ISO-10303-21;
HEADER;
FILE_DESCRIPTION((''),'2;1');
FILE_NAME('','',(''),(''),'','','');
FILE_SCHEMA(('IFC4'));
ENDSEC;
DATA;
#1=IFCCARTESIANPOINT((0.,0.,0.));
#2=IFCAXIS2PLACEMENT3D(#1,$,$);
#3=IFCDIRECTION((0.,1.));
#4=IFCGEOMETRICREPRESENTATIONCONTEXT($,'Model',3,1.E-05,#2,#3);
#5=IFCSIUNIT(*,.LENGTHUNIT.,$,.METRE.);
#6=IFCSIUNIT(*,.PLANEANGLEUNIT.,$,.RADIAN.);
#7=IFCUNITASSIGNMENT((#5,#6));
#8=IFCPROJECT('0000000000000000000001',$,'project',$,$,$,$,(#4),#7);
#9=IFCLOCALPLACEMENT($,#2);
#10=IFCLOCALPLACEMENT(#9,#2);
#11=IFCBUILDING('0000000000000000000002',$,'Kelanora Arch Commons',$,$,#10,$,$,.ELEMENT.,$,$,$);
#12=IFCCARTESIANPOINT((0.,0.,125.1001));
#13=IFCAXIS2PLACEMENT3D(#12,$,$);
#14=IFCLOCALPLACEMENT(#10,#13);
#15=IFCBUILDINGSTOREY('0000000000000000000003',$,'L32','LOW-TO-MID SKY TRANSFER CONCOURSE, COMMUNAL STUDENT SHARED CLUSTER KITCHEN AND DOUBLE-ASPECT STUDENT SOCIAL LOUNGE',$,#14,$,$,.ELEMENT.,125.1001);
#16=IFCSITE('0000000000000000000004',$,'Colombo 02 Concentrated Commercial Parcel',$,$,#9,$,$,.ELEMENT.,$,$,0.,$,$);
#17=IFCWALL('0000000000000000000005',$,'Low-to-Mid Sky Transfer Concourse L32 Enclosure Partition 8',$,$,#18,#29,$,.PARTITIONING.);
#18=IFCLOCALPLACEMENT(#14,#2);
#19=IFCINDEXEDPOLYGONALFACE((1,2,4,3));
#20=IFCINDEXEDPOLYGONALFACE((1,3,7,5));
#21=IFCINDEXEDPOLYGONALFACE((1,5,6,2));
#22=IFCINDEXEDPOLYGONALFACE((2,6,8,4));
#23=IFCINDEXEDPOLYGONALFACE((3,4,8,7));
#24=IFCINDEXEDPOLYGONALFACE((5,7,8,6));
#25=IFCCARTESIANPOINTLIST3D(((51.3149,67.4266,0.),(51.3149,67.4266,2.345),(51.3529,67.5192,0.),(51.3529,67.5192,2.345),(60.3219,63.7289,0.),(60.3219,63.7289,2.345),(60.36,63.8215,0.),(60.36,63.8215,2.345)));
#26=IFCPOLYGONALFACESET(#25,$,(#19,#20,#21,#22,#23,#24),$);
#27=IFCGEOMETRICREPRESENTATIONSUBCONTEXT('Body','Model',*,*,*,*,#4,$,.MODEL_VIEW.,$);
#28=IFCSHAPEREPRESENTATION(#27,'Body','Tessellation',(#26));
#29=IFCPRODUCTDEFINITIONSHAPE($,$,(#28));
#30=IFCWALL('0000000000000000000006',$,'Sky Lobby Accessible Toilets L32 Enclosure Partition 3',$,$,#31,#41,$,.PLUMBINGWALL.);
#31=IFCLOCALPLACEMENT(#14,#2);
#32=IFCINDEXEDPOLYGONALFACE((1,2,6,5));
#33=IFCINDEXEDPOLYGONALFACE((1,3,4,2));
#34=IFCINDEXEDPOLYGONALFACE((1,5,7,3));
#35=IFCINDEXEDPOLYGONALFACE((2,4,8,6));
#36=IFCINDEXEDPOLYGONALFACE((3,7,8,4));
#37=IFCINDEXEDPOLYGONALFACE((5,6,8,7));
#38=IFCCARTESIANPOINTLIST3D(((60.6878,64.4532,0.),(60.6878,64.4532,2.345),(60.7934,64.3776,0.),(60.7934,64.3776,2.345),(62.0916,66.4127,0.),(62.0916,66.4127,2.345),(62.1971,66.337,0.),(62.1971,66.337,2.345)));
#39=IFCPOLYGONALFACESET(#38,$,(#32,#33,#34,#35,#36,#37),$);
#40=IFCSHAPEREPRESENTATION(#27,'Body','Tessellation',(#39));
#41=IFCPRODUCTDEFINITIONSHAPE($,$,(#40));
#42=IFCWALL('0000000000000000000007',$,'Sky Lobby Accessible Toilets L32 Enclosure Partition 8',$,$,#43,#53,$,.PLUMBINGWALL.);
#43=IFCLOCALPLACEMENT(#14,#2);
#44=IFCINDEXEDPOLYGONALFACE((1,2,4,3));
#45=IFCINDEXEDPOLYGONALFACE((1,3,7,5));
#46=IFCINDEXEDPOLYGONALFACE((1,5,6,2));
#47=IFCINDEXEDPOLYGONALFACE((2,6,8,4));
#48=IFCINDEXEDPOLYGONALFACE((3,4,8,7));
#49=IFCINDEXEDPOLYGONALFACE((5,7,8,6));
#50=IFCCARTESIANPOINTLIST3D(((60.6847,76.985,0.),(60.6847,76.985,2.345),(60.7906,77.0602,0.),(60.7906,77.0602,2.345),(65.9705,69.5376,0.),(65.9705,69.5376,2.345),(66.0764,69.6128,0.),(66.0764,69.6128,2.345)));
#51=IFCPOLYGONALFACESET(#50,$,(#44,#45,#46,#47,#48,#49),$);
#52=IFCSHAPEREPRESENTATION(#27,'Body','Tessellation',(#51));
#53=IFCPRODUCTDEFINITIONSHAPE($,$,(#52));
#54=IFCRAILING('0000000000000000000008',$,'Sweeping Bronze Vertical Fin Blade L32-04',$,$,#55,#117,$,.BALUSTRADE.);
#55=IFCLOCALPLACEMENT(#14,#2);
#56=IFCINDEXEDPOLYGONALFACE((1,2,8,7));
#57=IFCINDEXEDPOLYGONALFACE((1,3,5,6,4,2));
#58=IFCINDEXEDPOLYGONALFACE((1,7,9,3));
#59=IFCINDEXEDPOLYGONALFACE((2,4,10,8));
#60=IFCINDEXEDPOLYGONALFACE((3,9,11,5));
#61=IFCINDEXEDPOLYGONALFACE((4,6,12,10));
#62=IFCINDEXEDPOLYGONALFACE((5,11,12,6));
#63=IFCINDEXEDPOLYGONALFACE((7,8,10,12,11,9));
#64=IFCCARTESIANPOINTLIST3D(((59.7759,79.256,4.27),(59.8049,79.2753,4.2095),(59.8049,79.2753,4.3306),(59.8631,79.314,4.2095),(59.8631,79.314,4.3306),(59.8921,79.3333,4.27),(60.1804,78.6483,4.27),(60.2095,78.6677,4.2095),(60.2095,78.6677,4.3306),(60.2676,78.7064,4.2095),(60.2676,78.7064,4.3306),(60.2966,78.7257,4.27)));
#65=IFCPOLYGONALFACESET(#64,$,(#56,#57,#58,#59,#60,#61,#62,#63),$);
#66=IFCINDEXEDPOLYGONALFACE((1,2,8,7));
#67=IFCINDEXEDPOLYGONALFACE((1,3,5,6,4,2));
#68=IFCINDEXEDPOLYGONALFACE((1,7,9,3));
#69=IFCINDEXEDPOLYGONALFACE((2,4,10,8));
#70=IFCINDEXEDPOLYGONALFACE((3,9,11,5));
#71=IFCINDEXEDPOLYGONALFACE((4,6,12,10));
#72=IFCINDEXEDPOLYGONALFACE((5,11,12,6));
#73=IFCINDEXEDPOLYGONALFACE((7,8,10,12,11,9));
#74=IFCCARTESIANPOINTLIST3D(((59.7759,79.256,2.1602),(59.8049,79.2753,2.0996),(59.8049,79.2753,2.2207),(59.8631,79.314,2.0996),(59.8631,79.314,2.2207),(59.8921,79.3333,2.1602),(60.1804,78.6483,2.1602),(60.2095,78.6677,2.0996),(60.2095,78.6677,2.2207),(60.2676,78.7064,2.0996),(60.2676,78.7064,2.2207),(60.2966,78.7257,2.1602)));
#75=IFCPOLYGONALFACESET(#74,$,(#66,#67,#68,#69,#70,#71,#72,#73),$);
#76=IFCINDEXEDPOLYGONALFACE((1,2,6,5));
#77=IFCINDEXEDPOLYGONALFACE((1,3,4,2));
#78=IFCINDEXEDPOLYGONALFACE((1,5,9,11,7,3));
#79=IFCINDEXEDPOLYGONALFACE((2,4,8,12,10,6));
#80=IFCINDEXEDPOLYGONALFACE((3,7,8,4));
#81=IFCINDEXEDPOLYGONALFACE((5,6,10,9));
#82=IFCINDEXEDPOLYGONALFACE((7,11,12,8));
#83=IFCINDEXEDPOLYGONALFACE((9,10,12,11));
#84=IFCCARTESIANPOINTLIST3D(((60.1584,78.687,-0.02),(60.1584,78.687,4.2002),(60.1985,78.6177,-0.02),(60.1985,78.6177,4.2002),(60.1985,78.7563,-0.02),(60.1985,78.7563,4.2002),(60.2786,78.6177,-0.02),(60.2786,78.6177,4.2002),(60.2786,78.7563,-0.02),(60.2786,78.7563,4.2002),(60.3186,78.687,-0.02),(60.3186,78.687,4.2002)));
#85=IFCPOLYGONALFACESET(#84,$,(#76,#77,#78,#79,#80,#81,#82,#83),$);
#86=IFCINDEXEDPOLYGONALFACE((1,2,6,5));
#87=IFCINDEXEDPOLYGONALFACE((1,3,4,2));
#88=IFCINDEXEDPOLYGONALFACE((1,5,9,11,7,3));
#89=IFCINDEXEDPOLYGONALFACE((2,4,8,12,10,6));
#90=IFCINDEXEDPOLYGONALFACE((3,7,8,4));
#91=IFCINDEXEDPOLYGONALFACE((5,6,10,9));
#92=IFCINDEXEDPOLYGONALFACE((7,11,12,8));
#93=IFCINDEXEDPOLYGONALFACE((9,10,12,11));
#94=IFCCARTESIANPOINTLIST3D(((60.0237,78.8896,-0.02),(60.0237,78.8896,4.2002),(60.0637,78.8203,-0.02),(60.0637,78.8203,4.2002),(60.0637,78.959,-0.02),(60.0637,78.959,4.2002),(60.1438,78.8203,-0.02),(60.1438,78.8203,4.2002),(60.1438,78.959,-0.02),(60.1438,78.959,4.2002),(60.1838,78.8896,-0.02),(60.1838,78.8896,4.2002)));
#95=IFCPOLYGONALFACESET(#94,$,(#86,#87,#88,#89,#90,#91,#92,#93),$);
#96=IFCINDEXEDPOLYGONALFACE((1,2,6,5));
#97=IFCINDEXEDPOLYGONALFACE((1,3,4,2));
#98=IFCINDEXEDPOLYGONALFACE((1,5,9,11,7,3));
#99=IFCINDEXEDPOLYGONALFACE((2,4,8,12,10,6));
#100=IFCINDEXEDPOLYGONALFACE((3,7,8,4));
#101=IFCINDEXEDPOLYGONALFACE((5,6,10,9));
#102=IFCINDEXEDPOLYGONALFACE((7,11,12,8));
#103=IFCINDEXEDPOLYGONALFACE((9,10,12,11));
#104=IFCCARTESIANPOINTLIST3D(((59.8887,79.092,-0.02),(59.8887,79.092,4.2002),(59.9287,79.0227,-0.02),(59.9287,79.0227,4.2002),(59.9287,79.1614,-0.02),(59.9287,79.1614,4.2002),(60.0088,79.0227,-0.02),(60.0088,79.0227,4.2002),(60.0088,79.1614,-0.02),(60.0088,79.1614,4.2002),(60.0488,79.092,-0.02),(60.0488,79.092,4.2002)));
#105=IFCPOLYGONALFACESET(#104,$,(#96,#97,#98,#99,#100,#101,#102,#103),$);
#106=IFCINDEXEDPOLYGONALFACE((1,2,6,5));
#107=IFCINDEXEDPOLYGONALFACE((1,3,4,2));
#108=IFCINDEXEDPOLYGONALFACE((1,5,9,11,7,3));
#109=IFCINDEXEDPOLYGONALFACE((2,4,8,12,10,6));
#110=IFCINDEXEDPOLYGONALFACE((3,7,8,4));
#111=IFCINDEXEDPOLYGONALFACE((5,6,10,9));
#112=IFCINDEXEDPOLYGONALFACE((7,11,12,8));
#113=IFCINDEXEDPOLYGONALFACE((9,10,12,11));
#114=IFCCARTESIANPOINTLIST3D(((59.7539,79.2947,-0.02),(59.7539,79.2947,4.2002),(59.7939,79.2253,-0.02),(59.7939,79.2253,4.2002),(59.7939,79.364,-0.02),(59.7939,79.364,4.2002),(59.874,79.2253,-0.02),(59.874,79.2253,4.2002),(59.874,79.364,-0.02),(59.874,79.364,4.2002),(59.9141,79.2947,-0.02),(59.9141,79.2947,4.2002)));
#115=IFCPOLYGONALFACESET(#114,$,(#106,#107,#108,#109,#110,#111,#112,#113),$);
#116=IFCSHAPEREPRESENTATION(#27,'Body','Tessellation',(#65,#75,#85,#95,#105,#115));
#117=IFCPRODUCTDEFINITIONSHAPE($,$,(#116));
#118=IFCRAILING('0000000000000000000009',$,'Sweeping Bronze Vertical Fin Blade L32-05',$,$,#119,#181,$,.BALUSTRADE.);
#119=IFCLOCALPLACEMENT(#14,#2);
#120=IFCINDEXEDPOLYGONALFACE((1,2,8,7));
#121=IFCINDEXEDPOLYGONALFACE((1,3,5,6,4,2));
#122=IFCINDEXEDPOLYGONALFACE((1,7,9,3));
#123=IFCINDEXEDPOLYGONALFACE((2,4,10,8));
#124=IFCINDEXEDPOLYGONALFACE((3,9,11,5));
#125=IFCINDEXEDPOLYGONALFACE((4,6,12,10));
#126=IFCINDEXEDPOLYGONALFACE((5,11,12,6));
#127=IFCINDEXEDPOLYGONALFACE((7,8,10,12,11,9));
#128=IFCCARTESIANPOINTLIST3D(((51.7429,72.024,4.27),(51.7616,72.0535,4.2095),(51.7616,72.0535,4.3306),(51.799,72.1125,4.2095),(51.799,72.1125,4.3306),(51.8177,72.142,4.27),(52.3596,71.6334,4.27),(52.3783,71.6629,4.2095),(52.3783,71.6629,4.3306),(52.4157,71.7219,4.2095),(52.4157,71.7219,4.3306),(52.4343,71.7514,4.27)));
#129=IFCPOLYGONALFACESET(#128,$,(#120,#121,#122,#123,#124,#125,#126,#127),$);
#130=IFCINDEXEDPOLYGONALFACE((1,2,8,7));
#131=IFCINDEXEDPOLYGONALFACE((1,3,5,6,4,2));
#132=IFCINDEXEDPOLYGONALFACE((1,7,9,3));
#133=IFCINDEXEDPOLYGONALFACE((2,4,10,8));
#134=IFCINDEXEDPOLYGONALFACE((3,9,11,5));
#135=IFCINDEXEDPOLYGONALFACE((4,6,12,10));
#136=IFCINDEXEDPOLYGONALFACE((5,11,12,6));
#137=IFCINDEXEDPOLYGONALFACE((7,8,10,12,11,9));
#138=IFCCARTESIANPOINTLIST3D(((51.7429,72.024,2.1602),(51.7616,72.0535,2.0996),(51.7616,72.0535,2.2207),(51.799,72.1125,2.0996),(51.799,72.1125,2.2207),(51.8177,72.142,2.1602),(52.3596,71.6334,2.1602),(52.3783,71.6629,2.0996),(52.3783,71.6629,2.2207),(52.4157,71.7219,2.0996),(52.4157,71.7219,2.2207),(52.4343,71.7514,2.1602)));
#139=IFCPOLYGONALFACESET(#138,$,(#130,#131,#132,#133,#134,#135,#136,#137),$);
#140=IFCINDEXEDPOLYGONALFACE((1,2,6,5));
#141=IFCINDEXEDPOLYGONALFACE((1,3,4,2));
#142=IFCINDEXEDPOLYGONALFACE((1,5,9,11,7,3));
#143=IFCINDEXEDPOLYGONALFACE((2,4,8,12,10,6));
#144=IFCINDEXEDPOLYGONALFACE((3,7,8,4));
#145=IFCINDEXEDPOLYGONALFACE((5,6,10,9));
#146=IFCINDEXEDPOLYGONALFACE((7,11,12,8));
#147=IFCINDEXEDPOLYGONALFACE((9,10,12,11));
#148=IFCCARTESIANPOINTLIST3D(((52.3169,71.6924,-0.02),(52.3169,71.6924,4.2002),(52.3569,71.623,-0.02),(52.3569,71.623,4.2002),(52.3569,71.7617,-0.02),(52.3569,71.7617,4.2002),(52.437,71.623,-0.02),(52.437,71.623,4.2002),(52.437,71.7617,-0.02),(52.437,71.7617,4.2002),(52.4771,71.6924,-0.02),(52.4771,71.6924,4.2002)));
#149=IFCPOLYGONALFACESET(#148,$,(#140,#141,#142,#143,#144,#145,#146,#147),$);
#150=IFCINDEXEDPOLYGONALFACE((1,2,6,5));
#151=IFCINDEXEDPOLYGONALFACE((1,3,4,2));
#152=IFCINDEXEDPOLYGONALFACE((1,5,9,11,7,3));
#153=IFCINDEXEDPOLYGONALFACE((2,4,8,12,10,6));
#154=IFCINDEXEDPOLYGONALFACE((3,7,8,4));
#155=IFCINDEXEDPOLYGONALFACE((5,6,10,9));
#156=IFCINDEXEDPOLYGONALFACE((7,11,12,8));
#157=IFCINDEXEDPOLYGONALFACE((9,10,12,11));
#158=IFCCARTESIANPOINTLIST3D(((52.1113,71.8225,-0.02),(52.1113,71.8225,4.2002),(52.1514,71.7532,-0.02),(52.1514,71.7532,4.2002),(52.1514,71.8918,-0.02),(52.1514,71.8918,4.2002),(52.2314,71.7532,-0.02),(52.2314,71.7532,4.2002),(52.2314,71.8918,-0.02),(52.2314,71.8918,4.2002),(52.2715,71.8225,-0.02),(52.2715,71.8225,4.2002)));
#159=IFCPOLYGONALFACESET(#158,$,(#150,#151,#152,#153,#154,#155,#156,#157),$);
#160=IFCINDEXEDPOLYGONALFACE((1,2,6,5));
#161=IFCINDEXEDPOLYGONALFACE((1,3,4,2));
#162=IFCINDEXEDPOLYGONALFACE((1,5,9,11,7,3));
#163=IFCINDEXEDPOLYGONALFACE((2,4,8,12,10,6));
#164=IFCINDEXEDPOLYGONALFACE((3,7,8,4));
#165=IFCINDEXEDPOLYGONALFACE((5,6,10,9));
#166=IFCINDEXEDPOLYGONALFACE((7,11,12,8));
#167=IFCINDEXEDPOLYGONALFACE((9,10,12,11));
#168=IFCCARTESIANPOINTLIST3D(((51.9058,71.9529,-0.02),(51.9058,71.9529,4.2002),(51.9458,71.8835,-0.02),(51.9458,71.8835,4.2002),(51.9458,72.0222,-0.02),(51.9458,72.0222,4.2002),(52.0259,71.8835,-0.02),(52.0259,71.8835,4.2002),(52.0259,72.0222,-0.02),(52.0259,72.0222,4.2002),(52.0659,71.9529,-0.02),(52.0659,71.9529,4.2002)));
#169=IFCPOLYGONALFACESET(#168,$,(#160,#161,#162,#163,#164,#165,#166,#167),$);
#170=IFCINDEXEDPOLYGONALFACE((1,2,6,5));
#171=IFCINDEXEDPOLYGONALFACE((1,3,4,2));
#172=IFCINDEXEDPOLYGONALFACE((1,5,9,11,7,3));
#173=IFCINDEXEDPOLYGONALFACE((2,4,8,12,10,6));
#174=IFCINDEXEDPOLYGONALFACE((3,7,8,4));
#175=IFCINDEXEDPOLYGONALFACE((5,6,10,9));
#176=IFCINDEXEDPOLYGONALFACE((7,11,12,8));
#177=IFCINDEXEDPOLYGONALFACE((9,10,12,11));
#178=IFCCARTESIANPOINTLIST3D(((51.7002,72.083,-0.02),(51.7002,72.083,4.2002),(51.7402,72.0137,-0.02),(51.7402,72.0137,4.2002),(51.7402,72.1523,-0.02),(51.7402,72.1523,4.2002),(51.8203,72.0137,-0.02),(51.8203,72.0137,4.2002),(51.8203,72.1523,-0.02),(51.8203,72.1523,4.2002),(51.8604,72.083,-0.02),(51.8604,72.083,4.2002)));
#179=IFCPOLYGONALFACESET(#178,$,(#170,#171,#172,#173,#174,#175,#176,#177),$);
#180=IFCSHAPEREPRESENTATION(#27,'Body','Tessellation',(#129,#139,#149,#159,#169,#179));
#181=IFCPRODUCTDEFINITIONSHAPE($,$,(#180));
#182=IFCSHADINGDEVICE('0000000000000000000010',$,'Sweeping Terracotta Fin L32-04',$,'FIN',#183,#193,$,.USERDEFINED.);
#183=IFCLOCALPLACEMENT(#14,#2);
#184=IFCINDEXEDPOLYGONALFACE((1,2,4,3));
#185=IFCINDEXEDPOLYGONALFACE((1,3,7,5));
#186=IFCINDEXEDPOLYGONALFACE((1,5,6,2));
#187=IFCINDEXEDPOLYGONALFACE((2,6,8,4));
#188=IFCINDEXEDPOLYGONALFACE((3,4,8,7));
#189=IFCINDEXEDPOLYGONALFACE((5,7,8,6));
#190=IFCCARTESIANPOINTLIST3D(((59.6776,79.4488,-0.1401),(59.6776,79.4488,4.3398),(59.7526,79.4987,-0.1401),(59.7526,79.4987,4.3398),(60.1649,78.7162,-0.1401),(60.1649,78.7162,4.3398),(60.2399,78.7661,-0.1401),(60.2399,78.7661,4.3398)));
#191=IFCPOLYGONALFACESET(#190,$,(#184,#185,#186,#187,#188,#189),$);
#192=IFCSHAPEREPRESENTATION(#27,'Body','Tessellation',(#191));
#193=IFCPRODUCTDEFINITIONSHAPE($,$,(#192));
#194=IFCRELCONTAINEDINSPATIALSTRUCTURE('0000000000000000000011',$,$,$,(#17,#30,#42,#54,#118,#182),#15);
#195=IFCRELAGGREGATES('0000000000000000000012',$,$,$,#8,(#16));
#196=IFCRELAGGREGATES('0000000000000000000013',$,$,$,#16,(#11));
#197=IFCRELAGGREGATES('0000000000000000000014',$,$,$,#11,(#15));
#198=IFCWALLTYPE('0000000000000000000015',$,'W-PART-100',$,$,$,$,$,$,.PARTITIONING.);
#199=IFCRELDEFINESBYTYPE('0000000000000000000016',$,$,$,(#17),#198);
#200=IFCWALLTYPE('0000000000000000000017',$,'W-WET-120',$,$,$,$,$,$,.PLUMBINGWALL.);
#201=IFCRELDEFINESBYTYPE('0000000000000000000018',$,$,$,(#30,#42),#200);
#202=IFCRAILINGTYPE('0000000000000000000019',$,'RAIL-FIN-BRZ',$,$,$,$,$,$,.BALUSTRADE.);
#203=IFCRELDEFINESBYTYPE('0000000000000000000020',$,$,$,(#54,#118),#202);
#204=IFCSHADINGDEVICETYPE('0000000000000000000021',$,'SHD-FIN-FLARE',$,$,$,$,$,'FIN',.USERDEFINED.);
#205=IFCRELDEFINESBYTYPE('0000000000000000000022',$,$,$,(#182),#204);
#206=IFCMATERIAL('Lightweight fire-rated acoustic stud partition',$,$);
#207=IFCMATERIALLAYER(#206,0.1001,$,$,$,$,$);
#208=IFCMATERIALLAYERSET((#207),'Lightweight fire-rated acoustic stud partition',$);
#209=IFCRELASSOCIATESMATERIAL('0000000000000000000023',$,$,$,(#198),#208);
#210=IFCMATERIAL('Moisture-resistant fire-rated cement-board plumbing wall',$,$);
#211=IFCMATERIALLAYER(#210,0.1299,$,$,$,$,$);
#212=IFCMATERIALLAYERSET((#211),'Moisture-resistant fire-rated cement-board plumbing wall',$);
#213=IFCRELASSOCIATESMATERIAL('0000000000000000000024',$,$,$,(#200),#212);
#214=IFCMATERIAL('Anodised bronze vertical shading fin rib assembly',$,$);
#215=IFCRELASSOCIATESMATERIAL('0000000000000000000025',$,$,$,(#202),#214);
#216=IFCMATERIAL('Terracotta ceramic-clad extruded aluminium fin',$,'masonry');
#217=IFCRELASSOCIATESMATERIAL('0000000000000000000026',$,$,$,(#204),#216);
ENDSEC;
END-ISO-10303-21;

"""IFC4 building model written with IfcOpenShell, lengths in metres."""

from ifc_helpers import new_model, si_unit, direction, frame, frame_2d, origin, origin_2d, place, context, subcontext, project, spatial, polyline, rectangle, outline, extrude, source, transform, mapped, material, layer, layer_set, type_object, element, save


model = new_model("IFC4")

# Units and contexts
model_context = context("Model", 3, precision=1e-05, world=origin(), true_north=direction((0.0, 1.0)))
body_context = subcontext(model_context, "Body", "Model", "MODEL_VIEW")
ifc_project = project(units=[si_unit("LENGTHUNIT", "METRE"), si_unit("PLANEANGLEUNIT", "RADIAN")], contexts=[model_context])

# Site, building, storey
site_placement = place(None, origin())
site = spatial("IfcSite", under=ifc_project, at=site_placement, Name="Colombo 02 Concentrated Commercial Parcel", CompositionType="ELEMENT", RefElevation=0.0)
building_placement = place(site_placement, origin())
building = spatial("IfcBuilding", under=site, at=building_placement, Name="Kelanora Arch Commons", CompositionType="ELEMENT")
storey_placement = place(building_placement, frame((0.0, 0.0, 125.1001)))
storey = spatial("IfcBuildingStorey", under=building, at=storey_placement, Name="L32", Description="LOW-TO-MID SKY TRANSFER CONCOURSE, COMMUNAL STUDENT SHARED CLUSTER KITCHEN AND DOUBLE-ASPECT STUDENT SOCIAL LOUNGE", CompositionType="ELEMENT", Elevation=125.1001)

# Walls
ifc_material_1 = material(Name="Lightweight fire-rated acoustic stud partition")
ifc_layer_1 = layer(ifc_material_1, 0.1001)
ifc_layer_set_1 = layer_set([ifc_layer_1], Name="Lightweight fire-rated acoustic stud partition")
wall_type_1 = type_object("IfcWallType", Name="W-PART-100", PredefinedType="PARTITIONING", material=ifc_layer_set_1)
wall_1_placement = place(storey_placement, frame((51.334, 67.4729, 0.0), z_axis=(0.0, 0.0, 1.0), x_axis=(0.925077, -0.37978, 0.0)))
element("IfcWall", 1, at=wall_1_placement, inside=storey, type_object=wall_type_1, Name="Low-to-Mid Sky Transfer Concourse L32 Enclosure Partition 8", PredefinedType="PARTITIONING", context=body_context, shape_type="SweptSolid", body=[
    extrude(rectangle(XDim=9.7366, YDim=0.1001, at=frame_2d((4.8682, 0.0))), origin(), (0.0, 0.0, 1.0), 2.345),
])
ifc_material_2 = material(Name="Moisture-resistant fire-rated cement-board plumbing wall")
ifc_layer_2 = layer(ifc_material_2, 0.1299)
ifc_layer_set_2 = layer_set([ifc_layer_2], Name="Moisture-resistant fire-rated cement-board plumbing wall")
wall_type_2 = type_object("IfcWallType", Name="W-WET-120", PredefinedType="PLUMBINGWALL", material=ifc_layer_set_2)
wall_2_placement = place(storey_placement, frame((62.1443, 66.3748, 0.0), z_axis=(0.0, 0.0, 1.0), x_axis=(-0.582387, -0.812911, 0.0)))
element("IfcWall", 2, at=wall_2_placement, inside=storey, type_object=wall_type_2, Name="Sky Lobby Accessible Toilets L32 Enclosure Partition 3", PredefinedType="PLUMBINGWALL", context=body_context, shape_type="SweptSolid", body=[
    extrude(rectangle(XDim=2.4104, YDim=0.1299, at=frame_2d((1.2051, 0.0))), origin(), (0.0, 0.0, 1.0), 2.345),
])
wall_3_placement = place(storey_placement, frame((60.7375, 77.0227, 0.0), z_axis=(0.0, 0.0, 1.0), x_axis=(0.578788, -0.815478, 0.0)))
element("IfcWall", 3, at=wall_3_placement, inside=storey, type_object=wall_type_2, Name="Sky Lobby Accessible Toilets L32 Enclosure Partition 8", PredefinedType="PLUMBINGWALL", context=body_context, shape_type="SweptSolid", body=[
    extrude(rectangle(XDim=9.1326, YDim=0.1299, at=frame_2d((4.5664, 0.0))), origin(), (0.0, 0.0, 1.0), 2.345),
])

# Railings
ifc_material_3 = material(Name="Anodised bronze vertical shading fin rib assembly")
railing_type = type_object("IfcRailingType", Name="RAIL-FIN-BRZ", PredefinedType="BALUSTRADE", material=ifc_material_3)
railing_1_placement = place(storey_placement, frame((60.2385, 78.687, -0.02)))
element("IfcRailing", 4, at=railing_1_placement, inside=storey, type_object=railing_type, Name="Sweeping Bronze Vertical Fin Blade L32-04", PredefinedType="BALUSTRADE", context=body_context, shape_type="SweptSolid", body=[
    extrude(outline(polyline([(0.0698, 0.0), (0.0349, 0.0605), (-0.0349, 0.0605), (-0.0698, 0.0), (-0.0349, -0.0605), (0.0349, -0.0605), (0.0698, 0.0)])), frame((0.0, 0.0, 4.29), z_axis=(-0.55416, 0.83241, 0.0), x_axis=(-0.83241, -0.55416, 0.0)), (0.0, 0.0, 1.0), 0.73),
    extrude(outline(polyline([(0.0698, 0.0), (0.0349, 0.0605), (-0.0349, 0.0605), (-0.0698, 0.0), (-0.0349, -0.0605), (0.0349, -0.0605), (0.0698, 0.0)])), frame((0.0, 0.0, 2.1802), z_axis=(-0.55416, 0.83241, 0.0), x_axis=(-0.83241, -0.55416, 0.0)), (0.0, 0.0, 1.0), 0.73),
    extrude(outline(polyline([(0.0801, 0.0), (0.04, 0.0693), (-0.04, 0.0693), (-0.0801, 0.0), (-0.04, -0.0693), (0.04, -0.0693), (0.0801, 0.0)])), origin(), (0.0, 0.0, 1.0), 4.2202),
    extrude(outline(polyline([(0.0801, 0.0), (0.04, 0.0693), (-0.04, 0.0693), (-0.0801, 0.0), (-0.04, -0.0693), (0.04, -0.0693), (0.0801, 0.0)])), frame((-0.1348, 0.2026, 0.0)), (0.0, 0.0, 1.0), 4.2202),
    extrude(outline(polyline([(0.0801, 0.0), (0.04, 0.0693), (-0.04, 0.0693), (-0.0801, 0.0), (-0.04, -0.0693), (0.04, -0.0693), (0.0801, 0.0)])), frame((-0.2698, 0.405, 0.0)), (0.0, 0.0, 1.0), 4.2202),
    extrude(outline(polyline([(0.0801, 0.0), (0.04, 0.0693), (-0.04, 0.0693), (-0.0801, 0.0), (-0.04, -0.0693), (0.04, -0.0693), (0.0801, 0.0)])), frame((-0.4045, 0.6077, 0.0)), (0.0, 0.0, 1.0), 4.2202),
])
railing_2_placement = place(storey_placement, frame((52.397, 71.6924, -0.02)))
element("IfcRailing", 5, at=railing_2_placement, inside=storey, type_object=railing_type, Name="Sweeping Bronze Vertical Fin Blade L32-05", PredefinedType="BALUSTRADE", context=body_context, shape_type="SweptSolid", body=[
    extrude(outline(polyline([(0.0698, 0.0), (0.0349, 0.0605), (-0.0349, 0.0605), (-0.0698, 0.0), (-0.0349, -0.0605), (0.0349, -0.0605), (0.0698, 0.0)])), frame((0.0, 0.0, 4.29), z_axis=(-0.844789, 0.5351, 0.0), x_axis=(-0.5351, -0.844789, 0.0)), (0.0, 0.0, 1.0), 0.73),
    extrude(outline(polyline([(0.0698, 0.0), (0.0349, 0.0605), (-0.0349, 0.0605), (-0.0698, 0.0), (-0.0349, -0.0605), (0.0349, -0.0605), (0.0698, 0.0)])), frame((0.0, 0.0, 2.1802), z_axis=(-0.844789, 0.5351, 0.0), x_axis=(-0.5351, -0.844789, 0.0)), (0.0, 0.0, 1.0), 0.73),
    extrude(outline(polyline([(0.0801, 0.0), (0.04, 0.0693), (-0.04, 0.0693), (-0.0801, 0.0), (-0.04, -0.0693), (0.04, -0.0693), (0.0801, 0.0)])), origin(), (0.0, 0.0, 1.0), 4.2202),
    extrude(outline(polyline([(0.0801, 0.0), (0.04, 0.0693), (-0.04, 0.0693), (-0.0801, 0.0), (-0.04, -0.0693), (0.04, -0.0693), (0.0801, 0.0)])), frame((-0.2056, 0.1301, 0.0)), (0.0, 0.0, 1.0), 4.2202),
    extrude(outline(polyline([(0.0801, 0.0), (0.04, 0.0693), (-0.04, 0.0693), (-0.0801, 0.0), (-0.04, -0.0693), (0.04, -0.0693), (0.0801, 0.0)])), frame((-0.4111, 0.2605, 0.0)), (0.0, 0.0, 1.0), 4.2202),
    extrude(outline(polyline([(0.0801, 0.0), (0.04, 0.0693), (-0.04, 0.0693), (-0.0801, 0.0), (-0.04, -0.0693), (0.04, -0.0693), (0.0801, 0.0)])), frame((-0.6167, 0.3906, 0.0)), (0.0, 0.0, 1.0), 4.2202),
])

# Shading device
ifc_material_4 = material(Name="Terracotta ceramic-clad extruded aluminium fin", Category="masonry")
shading_device_type = type_object("IfcShadingDeviceType", Name="SHD-FIN-FLARE", ElementType="FIN", PredefinedType="USERDEFINED", material=ifc_material_4)
shared_shape_1 = source(origin(), body_context, "Body", "SweptSolid", [
    extrude(rectangle(XDim=0.8799, YDim=0.0901, at=origin_2d()), origin(), (0.0, 0.0, 1.0), 4.48),
])
for number, where, z_axis, x_axis, name in (
    (6, (59.9587, 79.1074, -0.1401), (0.0, 0.0, 1.0), (-0.553828, 0.832631, 0.0), "Sweeping Terracotta Fin L32-04"),
):
    element("IfcShadingDevice", number, at=place(storey_placement, frame(where, z_axis=z_axis, x_axis=x_axis)), inside=storey, type_object=shading_device_type, Name=name, ObjectType="FIN", PredefinedType="USERDEFINED", context=body_context, shape_type="MappedRepresentation", body=[
        mapped(shared_shape_1, transform((0.0, 0.0, 0.0), scale=1.0)),
    ])

save(model, "model.ifc")
